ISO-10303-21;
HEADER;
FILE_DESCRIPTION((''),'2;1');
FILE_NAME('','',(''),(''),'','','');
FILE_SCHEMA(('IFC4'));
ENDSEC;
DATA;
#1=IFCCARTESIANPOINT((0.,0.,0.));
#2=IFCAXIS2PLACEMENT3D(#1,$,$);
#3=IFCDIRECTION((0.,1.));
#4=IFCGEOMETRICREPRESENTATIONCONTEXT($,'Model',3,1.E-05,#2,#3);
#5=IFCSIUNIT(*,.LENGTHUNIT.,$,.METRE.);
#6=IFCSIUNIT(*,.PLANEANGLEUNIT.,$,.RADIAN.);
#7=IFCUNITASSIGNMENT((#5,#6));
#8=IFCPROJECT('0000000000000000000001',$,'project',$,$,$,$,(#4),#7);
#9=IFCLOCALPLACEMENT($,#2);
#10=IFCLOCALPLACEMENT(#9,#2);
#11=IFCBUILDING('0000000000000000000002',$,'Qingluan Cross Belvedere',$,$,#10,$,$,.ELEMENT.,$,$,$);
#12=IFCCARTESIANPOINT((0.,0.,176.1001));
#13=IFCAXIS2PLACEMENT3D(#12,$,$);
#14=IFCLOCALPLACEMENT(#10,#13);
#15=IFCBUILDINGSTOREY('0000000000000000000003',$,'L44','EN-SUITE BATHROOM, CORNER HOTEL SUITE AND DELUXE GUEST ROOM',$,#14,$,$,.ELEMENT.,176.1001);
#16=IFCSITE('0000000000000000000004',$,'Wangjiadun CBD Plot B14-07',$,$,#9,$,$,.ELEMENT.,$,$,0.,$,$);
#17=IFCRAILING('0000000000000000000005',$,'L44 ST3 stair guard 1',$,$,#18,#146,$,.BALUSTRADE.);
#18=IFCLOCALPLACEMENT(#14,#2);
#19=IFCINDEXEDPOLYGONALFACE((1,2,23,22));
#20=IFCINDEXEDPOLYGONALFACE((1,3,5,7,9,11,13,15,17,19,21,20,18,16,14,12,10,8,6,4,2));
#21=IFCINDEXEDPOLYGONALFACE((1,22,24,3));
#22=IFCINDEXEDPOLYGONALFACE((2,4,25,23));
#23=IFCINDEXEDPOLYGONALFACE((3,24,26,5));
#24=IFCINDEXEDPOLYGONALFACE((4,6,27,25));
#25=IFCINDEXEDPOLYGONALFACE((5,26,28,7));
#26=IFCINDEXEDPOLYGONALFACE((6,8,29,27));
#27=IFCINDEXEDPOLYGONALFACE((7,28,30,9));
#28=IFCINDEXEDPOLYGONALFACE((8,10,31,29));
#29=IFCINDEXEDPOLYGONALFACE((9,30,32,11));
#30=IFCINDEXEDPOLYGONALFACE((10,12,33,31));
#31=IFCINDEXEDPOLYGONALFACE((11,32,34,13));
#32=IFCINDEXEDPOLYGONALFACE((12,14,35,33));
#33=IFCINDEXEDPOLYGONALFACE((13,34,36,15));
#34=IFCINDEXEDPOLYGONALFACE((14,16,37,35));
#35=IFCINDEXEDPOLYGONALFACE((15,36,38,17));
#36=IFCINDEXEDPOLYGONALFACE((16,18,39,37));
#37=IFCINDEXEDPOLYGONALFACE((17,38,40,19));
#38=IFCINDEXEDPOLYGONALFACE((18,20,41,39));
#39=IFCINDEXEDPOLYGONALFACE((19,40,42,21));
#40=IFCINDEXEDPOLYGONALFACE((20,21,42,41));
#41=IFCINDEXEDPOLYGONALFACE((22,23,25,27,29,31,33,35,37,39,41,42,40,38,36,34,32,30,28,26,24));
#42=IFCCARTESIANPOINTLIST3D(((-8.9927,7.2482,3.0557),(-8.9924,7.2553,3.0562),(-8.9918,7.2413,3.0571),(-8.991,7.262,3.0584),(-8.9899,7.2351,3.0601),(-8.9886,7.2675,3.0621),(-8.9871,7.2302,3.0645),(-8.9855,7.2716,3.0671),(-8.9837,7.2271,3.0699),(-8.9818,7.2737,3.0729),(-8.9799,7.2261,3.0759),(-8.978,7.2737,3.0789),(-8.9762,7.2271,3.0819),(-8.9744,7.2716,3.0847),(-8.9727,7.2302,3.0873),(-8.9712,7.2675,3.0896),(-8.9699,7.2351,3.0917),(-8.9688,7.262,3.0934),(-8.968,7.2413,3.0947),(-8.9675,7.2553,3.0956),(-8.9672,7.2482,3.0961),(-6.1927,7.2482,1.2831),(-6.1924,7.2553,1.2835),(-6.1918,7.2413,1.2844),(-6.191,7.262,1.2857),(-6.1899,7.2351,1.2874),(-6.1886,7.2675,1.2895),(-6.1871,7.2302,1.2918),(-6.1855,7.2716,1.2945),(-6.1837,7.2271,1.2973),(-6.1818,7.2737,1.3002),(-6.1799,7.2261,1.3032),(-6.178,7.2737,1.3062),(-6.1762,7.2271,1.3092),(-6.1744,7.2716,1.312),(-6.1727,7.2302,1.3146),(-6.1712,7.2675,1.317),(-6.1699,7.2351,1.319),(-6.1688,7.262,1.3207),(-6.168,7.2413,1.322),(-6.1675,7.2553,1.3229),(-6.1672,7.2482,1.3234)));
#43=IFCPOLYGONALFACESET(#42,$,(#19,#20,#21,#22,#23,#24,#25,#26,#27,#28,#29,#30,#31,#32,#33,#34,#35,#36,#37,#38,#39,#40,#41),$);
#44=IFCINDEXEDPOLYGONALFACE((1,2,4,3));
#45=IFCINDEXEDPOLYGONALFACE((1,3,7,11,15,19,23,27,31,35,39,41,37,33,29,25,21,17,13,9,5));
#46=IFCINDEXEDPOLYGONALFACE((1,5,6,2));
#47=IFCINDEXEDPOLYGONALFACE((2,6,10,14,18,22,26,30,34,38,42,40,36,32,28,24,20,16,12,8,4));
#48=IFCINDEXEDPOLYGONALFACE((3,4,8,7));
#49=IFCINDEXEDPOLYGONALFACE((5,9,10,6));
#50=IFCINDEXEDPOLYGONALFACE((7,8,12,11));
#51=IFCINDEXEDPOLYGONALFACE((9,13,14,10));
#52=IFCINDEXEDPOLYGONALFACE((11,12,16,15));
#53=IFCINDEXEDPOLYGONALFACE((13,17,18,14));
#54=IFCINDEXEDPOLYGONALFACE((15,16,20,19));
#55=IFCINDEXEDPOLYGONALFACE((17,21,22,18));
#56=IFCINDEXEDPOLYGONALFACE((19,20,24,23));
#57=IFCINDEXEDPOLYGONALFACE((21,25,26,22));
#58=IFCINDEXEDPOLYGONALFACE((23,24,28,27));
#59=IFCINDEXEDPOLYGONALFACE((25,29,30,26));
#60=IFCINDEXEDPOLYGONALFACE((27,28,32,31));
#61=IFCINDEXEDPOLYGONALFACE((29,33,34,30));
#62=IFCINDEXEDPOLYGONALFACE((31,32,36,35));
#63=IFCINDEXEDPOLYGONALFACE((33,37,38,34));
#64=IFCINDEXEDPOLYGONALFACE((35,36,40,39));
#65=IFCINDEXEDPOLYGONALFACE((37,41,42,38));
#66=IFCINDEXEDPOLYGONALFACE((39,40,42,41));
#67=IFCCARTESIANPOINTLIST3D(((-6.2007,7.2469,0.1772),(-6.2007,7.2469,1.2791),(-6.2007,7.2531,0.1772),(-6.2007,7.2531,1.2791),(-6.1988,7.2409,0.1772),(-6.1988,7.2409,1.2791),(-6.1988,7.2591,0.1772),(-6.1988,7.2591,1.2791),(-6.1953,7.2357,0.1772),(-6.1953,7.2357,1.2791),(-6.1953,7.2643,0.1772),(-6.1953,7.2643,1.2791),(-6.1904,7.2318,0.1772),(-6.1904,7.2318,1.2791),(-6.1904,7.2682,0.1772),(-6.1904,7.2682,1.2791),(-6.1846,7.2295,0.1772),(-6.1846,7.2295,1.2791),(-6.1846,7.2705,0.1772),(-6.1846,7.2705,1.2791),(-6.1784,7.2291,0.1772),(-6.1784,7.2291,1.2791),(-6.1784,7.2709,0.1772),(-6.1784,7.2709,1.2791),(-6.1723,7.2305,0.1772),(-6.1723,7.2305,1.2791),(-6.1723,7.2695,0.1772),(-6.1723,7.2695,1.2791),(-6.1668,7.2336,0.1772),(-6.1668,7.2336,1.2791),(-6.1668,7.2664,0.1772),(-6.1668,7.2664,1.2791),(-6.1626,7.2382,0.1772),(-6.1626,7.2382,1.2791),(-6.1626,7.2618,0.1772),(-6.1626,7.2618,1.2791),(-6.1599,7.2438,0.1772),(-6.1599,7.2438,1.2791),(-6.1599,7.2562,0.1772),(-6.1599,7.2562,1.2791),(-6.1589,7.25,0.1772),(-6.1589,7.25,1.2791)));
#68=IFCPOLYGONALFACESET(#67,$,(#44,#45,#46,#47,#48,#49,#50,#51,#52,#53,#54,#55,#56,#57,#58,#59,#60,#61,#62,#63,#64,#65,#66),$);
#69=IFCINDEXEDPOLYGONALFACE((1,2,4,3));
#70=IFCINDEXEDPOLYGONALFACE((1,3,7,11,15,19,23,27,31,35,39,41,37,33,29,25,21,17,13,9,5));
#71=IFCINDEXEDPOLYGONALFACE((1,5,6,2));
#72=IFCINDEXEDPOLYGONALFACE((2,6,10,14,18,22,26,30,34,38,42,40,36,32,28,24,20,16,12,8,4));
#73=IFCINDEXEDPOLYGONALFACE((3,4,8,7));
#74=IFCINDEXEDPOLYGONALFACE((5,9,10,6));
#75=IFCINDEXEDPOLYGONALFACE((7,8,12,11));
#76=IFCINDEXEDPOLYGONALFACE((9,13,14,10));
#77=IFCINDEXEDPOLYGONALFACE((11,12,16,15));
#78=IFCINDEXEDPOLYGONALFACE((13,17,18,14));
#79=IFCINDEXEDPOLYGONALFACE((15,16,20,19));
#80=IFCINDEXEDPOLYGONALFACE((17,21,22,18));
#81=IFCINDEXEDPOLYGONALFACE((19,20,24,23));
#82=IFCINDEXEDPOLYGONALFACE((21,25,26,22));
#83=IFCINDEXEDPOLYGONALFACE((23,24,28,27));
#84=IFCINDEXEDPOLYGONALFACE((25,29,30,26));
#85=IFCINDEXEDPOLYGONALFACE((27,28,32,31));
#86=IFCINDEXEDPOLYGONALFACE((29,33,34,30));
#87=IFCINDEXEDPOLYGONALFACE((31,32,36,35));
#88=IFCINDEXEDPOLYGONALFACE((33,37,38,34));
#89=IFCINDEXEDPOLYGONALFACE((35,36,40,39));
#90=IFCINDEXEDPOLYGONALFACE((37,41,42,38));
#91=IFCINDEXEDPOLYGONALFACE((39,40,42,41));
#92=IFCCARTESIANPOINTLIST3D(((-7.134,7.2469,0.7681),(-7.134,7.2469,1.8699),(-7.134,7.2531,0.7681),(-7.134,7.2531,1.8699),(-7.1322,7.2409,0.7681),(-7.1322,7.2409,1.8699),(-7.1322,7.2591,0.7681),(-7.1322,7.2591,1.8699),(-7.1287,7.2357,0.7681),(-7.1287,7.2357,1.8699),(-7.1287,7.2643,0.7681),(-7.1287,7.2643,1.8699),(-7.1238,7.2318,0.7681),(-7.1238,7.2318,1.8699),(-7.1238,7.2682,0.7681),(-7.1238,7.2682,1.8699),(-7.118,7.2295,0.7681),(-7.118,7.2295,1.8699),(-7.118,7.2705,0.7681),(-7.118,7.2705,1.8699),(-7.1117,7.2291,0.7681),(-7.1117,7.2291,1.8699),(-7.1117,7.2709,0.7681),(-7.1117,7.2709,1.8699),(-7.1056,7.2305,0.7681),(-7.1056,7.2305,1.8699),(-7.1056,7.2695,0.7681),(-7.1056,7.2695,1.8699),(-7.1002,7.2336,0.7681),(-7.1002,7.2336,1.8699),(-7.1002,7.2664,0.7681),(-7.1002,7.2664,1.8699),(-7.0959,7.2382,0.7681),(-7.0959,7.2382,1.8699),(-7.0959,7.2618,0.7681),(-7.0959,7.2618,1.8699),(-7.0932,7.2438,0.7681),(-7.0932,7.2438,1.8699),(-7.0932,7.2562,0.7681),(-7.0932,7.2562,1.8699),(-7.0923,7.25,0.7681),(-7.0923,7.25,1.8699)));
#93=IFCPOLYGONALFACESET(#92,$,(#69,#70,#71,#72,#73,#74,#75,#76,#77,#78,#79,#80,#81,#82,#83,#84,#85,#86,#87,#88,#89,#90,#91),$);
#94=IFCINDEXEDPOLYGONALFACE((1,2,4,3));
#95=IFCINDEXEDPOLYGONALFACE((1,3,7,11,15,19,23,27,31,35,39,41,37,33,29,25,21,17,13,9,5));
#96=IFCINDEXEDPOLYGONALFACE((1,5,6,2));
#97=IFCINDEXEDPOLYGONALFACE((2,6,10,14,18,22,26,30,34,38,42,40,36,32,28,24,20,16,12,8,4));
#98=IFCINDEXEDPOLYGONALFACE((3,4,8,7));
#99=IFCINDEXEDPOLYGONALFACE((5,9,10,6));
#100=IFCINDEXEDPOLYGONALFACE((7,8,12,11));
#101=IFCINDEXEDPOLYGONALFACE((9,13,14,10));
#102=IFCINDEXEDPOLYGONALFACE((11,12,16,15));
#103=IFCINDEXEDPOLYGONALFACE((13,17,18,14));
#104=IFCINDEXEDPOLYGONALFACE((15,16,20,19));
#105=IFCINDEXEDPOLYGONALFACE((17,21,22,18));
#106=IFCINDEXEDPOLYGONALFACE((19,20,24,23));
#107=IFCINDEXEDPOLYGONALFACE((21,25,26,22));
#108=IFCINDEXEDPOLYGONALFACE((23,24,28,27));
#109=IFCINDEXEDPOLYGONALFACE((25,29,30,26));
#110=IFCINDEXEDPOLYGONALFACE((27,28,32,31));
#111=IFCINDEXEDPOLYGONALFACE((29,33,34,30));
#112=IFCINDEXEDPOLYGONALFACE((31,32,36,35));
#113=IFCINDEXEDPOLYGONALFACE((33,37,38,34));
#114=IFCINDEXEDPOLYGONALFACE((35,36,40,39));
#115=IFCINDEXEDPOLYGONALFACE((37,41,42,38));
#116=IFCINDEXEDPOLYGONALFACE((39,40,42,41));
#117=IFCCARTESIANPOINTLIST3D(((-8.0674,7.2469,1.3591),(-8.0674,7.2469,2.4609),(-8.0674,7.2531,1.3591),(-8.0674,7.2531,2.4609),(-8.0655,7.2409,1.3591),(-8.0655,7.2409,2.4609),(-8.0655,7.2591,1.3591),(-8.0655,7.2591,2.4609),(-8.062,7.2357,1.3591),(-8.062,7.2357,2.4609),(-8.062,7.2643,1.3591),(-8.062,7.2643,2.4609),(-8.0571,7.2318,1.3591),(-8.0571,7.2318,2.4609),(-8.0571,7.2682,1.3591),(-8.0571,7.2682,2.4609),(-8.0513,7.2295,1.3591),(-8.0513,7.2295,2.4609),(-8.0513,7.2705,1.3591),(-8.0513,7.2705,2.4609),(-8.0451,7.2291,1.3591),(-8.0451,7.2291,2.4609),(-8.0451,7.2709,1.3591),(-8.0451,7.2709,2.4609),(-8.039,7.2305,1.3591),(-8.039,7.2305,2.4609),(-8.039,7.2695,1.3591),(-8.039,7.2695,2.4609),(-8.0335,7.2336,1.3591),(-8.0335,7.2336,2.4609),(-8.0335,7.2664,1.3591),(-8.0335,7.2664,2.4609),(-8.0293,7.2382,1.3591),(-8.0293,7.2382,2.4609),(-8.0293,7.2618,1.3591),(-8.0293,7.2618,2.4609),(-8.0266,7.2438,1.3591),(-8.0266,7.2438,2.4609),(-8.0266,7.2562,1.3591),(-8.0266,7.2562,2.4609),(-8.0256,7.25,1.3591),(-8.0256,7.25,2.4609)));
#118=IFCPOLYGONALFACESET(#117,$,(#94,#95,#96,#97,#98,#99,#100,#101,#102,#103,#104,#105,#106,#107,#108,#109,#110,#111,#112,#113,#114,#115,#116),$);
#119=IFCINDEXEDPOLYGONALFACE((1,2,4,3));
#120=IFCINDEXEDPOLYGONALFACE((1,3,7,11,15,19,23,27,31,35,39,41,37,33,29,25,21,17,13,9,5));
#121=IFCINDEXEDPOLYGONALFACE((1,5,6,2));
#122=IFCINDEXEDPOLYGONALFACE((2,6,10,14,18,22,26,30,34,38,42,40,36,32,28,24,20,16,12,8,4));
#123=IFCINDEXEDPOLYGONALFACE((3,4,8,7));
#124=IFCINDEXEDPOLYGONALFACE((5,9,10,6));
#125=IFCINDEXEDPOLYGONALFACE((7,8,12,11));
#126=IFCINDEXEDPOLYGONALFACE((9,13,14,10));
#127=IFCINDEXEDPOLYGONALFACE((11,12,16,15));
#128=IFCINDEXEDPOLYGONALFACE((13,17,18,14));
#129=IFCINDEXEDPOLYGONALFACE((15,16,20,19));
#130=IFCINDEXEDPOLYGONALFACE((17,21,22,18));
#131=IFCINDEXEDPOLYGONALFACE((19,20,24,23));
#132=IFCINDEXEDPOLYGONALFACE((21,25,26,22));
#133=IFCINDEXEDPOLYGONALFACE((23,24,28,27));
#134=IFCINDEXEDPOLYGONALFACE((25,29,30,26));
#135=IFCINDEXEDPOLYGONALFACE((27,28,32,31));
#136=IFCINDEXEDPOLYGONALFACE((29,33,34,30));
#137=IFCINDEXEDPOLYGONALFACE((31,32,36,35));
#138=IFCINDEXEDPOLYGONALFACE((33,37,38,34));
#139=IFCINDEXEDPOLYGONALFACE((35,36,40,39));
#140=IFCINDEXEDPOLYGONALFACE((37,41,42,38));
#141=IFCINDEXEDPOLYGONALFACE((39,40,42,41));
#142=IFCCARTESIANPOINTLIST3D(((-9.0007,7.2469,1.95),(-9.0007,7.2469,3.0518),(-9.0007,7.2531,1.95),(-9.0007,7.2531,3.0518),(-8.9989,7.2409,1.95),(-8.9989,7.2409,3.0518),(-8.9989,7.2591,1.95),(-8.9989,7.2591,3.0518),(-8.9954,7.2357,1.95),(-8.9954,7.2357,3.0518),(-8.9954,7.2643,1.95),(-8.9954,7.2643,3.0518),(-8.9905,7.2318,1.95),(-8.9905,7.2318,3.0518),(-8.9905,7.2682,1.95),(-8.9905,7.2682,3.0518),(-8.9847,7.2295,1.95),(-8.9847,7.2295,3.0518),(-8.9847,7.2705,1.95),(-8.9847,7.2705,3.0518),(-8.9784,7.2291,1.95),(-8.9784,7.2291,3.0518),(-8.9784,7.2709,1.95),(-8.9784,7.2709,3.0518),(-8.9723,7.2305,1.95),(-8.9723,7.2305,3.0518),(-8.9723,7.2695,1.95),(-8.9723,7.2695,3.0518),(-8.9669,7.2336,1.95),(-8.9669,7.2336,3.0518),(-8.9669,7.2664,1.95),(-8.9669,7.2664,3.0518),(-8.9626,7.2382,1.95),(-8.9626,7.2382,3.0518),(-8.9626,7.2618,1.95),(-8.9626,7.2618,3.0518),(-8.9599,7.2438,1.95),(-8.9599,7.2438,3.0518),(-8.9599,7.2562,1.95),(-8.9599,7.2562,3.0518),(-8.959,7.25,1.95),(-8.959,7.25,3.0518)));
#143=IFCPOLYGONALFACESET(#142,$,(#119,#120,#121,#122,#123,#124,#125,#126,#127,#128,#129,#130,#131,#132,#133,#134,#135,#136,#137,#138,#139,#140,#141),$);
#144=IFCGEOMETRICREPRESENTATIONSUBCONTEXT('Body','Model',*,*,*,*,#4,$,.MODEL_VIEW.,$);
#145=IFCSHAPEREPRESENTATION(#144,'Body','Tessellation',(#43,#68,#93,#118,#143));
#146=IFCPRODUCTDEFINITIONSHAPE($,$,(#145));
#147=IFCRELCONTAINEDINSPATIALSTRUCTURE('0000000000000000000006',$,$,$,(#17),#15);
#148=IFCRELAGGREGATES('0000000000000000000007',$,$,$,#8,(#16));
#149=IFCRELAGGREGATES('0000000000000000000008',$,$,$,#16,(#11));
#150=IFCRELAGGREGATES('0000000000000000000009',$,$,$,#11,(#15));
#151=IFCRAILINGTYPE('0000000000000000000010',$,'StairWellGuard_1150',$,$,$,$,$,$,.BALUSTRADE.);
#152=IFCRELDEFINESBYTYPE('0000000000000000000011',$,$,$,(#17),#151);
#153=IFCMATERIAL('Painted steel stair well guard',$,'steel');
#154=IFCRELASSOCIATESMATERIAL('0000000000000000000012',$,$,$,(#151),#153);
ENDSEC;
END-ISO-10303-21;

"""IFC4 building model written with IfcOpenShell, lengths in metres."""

from ifc_helpers import new_model, si_unit, direction, frame, origin, origin_2d, place, context, subcontext, project, spatial, circle, extrude, material, type_object, element, save


model = new_model("IFC4")

# Units and contexts
model_context = context("Model", 3, precision=1e-05, world=origin(), true_north=direction((0.0, 1.0)))
body_context = subcontext(model_context, "Body", "Model", "MODEL_VIEW")
ifc_project = project(units=[si_unit("LENGTHUNIT", "METRE"), si_unit("PLANEANGLEUNIT", "RADIAN")], contexts=[model_context])

# Site, building, storey
site_placement = place(None, origin())
site = spatial("IfcSite", under=ifc_project, at=site_placement, Name="Wangjiadun CBD Plot B14-07", CompositionType="ELEMENT", RefElevation=0.0)
building_placement = place(site_placement, origin())
building = spatial("IfcBuilding", under=site, at=building_placement, Name="Qingluan Cross Belvedere", CompositionType="ELEMENT")
storey_placement = place(building_placement, frame((0.0, 0.0, 176.1001)))
storey = spatial("IfcBuildingStorey", under=building, at=storey_placement, Name="L44", Description="EN-SUITE BATHROOM, CORNER HOTEL SUITE AND DELUXE GUEST ROOM", CompositionType="ELEMENT", Elevation=176.1001)

# Railing
ifc_material_1 = material(Name="Painted steel stair well guard", Category="steel")
railing_type_1 = type_object("IfcRailingType", Name="StairWellGuard_1150", PredefinedType="BALUSTRADE", material=ifc_material_1)
railing_1_placement = place(storey_placement, frame((-6.1799, 7.25, 0.1772)))
element("IfcRailing", 1, at=railing_1_placement, inside=storey, type_object=railing_type_1, Name="L44 ST3 stair guard 1", PredefinedType="BALUSTRADE", context=body_context, shape_type="SweptSolid", body=[
    extrude(circle(Radius=0.0239, at=origin_2d()), frame((0.0, 0.0, 1.126), z_axis=(-0.844909, 0.0, 0.53491), x_axis=(0.0, -1.0, 0.0)), (0.0, 0.0, 1.0), 3.314),
    extrude(circle(Radius=0.021, at=origin_2d()), origin(), (0.0, 0.0, 1.0), 1.1018),
    extrude(circle(Radius=0.021, at=origin_2d()), frame((-0.9333, 0.0, 0.5908)), (0.0, 0.0, 1.0), 1.1018),
    extrude(circle(Radius=0.021, at=origin_2d()), frame((-1.8667, 0.0, 1.1819)), (0.0, 0.0, 1.0), 1.1018),
    extrude(circle(Radius=0.021, at=origin_2d()), frame((-2.8, 0.0, 1.7727)), (0.0, 0.0, 1.0), 1.1018),
])

save(model, "model.ifc")
